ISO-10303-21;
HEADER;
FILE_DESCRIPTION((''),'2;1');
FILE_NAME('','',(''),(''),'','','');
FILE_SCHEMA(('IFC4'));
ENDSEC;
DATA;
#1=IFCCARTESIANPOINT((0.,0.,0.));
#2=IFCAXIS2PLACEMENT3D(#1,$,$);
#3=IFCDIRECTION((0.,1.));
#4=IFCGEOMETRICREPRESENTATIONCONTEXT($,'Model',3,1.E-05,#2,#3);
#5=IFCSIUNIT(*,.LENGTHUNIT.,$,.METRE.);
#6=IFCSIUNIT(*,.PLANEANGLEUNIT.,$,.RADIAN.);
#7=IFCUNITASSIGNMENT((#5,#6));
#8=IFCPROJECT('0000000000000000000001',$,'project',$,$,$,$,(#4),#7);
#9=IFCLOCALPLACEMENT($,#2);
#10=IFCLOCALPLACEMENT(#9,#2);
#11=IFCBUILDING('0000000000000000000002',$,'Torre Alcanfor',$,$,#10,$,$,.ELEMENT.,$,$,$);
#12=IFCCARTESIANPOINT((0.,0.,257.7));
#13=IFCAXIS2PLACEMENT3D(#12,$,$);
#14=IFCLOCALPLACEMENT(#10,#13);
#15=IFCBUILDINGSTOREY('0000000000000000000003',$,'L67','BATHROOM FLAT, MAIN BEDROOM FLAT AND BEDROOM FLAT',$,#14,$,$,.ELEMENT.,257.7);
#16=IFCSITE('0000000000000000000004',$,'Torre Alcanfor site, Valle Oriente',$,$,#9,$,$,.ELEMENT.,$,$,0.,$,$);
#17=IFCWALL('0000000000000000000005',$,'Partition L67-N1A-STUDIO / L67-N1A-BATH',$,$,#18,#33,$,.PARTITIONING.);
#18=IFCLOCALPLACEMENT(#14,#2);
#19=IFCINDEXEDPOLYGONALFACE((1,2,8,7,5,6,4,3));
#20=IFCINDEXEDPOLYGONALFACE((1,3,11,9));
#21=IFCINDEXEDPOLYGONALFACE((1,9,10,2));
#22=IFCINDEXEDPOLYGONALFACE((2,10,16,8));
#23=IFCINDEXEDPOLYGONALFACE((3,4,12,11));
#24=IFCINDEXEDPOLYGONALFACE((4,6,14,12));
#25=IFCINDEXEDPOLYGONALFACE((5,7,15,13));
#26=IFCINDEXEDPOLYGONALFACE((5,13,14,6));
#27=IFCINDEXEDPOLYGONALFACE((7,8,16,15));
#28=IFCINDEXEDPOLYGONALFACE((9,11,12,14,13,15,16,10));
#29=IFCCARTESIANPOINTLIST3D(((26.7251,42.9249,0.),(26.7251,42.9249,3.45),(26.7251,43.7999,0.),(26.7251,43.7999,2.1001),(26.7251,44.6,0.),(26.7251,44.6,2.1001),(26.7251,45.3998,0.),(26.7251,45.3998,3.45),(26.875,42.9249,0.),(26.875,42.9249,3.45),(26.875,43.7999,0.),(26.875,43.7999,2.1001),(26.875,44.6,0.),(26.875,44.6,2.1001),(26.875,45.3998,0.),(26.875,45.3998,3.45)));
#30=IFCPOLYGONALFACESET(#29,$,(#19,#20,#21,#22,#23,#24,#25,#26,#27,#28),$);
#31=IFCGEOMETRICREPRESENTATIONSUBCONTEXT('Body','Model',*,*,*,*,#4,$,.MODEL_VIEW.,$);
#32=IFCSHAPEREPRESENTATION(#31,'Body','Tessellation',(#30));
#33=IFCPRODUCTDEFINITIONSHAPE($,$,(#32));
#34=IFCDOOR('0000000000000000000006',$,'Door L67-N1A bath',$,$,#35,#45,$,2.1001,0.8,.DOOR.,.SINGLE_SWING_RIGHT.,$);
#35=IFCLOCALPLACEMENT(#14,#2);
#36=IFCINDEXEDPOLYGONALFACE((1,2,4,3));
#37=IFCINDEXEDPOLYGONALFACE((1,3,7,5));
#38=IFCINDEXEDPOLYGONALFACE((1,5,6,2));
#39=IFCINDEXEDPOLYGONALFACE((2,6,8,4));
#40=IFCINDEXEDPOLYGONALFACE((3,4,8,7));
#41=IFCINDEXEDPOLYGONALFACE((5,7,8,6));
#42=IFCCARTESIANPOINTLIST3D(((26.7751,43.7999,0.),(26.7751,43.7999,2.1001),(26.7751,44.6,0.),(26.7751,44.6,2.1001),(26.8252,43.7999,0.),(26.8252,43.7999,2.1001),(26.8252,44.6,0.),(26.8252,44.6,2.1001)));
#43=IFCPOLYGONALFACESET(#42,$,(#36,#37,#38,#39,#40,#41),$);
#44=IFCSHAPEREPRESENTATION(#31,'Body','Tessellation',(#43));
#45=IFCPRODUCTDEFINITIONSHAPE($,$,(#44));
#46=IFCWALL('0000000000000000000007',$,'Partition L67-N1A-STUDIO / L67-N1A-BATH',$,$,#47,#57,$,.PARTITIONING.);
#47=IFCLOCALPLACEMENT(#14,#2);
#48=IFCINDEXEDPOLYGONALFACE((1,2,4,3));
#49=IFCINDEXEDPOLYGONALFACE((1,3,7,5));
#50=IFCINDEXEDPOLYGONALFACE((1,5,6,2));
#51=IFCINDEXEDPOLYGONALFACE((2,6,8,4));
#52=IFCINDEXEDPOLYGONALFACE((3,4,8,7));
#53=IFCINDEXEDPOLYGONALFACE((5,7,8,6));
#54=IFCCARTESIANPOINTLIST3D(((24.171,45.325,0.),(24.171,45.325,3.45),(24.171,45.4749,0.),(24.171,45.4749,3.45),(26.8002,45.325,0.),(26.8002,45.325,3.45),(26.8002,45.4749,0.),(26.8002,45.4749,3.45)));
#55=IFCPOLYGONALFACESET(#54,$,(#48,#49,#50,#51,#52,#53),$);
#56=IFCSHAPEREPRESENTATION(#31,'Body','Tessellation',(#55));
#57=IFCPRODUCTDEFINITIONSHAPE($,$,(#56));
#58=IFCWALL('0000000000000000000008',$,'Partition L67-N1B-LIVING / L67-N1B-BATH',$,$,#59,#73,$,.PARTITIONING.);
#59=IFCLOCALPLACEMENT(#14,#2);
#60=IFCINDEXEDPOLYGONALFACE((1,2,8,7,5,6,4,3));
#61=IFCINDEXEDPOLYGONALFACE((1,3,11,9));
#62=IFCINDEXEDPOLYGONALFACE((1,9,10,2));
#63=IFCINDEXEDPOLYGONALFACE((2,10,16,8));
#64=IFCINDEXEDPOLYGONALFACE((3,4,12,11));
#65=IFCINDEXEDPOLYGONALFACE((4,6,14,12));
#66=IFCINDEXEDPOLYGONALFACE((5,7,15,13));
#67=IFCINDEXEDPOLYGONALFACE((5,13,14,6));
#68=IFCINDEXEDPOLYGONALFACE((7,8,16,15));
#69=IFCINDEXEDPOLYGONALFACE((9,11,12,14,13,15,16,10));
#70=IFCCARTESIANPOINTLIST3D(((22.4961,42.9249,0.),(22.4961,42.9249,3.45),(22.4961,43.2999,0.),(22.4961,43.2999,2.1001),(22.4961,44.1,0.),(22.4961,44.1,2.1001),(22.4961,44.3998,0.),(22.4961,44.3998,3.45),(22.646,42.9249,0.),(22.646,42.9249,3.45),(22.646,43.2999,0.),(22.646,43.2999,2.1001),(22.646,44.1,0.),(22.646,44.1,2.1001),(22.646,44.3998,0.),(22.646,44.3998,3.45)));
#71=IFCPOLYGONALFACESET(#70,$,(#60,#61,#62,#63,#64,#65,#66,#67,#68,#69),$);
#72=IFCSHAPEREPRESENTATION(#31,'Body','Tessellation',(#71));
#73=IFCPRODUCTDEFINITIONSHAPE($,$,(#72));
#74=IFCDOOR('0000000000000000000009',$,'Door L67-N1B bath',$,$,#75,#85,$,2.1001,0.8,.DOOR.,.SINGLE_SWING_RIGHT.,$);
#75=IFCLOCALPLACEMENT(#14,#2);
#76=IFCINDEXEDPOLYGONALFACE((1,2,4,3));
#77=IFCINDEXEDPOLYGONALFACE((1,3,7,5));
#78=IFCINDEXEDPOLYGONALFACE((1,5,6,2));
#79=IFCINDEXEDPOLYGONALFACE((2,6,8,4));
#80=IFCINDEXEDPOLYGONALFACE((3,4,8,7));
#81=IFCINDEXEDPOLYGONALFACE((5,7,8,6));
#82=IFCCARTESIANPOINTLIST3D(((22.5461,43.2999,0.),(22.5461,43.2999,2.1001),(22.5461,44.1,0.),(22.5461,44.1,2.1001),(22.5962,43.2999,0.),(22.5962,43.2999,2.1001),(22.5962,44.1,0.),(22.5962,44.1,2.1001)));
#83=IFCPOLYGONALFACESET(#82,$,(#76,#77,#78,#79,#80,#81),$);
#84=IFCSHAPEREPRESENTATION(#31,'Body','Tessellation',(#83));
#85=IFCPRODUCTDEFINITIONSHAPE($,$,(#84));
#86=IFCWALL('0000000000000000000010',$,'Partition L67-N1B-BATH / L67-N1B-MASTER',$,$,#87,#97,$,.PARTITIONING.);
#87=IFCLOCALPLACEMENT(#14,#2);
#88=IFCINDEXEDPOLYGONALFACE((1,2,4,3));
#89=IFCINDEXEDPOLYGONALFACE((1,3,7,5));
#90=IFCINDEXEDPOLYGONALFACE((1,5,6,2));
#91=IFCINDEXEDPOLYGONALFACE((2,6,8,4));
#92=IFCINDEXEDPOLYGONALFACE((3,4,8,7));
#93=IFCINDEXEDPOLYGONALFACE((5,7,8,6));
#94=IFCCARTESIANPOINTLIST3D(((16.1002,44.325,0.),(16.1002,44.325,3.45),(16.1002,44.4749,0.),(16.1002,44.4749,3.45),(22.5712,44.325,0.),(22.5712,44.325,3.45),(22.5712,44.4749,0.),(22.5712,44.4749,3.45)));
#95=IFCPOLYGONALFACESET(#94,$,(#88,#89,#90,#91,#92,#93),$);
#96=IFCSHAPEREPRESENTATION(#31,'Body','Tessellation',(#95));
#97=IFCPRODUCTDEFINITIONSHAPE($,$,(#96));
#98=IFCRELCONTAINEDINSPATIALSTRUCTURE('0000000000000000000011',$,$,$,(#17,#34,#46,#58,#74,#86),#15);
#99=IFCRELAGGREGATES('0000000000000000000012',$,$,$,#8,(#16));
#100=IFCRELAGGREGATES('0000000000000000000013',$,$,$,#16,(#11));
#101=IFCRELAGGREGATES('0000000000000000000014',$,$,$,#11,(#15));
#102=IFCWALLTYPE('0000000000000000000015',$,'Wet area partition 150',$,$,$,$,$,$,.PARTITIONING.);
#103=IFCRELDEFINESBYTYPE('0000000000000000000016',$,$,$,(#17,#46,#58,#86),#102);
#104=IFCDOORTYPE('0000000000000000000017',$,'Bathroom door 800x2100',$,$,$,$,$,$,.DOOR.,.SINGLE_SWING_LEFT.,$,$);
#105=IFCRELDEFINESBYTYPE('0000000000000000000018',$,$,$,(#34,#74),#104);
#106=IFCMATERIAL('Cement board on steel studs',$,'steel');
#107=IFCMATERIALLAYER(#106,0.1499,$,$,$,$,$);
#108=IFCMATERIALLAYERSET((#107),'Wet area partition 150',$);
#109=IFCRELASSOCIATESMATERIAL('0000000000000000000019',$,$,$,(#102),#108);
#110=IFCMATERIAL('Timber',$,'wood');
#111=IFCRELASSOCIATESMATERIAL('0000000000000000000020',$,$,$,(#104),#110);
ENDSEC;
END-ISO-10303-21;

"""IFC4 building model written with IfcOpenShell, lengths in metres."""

from ifc_helpers import new_model, si_unit, direction, frame, frame_2d, origin, place, context, subcontext, project, spatial, rectangle, extrude, material, layer, layer_set, type_object, element, fill, save


model = new_model("IFC4")

# Units and contexts
model_context = context("Model", 3, precision=1e-05, world=origin(), true_north=direction((0.0, 1.0)))
body_context = subcontext(model_context, "Body", "Model", "MODEL_VIEW")
ifc_project = project(units=[si_unit("LENGTHUNIT", "METRE"), si_unit("PLANEANGLEUNIT", "RADIAN")], contexts=[model_context])

# Site, building, storey
site_placement = place(None, origin())
site = spatial("IfcSite", under=ifc_project, at=site_placement, Name="Torre Alcanfor site, Valle Oriente", CompositionType="ELEMENT", RefElevation=0.0)
building_placement = place(site_placement, origin())
building = spatial("IfcBuilding", under=site, at=building_placement, Name="Torre Alcanfor", CompositionType="ELEMENT")
storey_placement = place(building_placement, frame((0.0, 0.0, 257.7)))
storey = spatial("IfcBuildingStorey", under=building, at=storey_placement, Name="L67", Description="BATHROOM FLAT, MAIN BEDROOM FLAT AND BEDROOM FLAT", CompositionType="ELEMENT", Elevation=257.7)

# Wall, opening, door
ifc_material_1 = material(Name="Cement board on steel studs", Category="steel")
ifc_layer_1 = layer(ifc_material_1, 0.1499)
ifc_layer_set_1 = layer_set([ifc_layer_1], Name="Wet area partition 150")
wall_type_1 = type_object("IfcWallType", Name="Wet area partition 150", PredefinedType="PARTITIONING", material=ifc_layer_set_1)
wall_1_placement = place(storey_placement, frame((26.8, 42.925, 0.0), z_axis=(0.0, 0.0, 1.0), x_axis=(0.0, 1.0, 0.0)))
wall_1 = element("IfcWall", 1, at=wall_1_placement, inside=storey, type_object=wall_type_1, Name="Partition L67-N1A-STUDIO / L67-N1A-BATH", PredefinedType="PARTITIONING", context=body_context, shape_type="SweptSolid", body=[
    extrude(rectangle(XDim=2.4749, YDim=0.1499, at=frame_2d((1.2373, 0.0))), origin(), (0.0, 0.0, 1.0), 3.45),
])
opening_1_placement = place(wall_1_placement, frame((0.875, 0.0, 0.0)))
opening_1 = element("IfcOpeningElement", 2, at=opening_1_placement, cuts=wall_1, PredefinedType="OPENING", context=body_context, shape_type="SweptSolid", body=[
    extrude(rectangle(XDim=0.8, YDim=2.1001, at=frame_2d((0.3999, 1.05))), frame((0.0, 0.085, 0.0), z_axis=(0.0, -1.0, 0.0), x_axis=(1.0, 0.0, 0.0)), (0.0, 0.0, 1.0), 0.1699),
])
ifc_material_2 = material(Name="Timber", Category="wood")
door_type_1 = type_object("IfcDoorType", Name="Bathroom door 800x2100", OperationType="SINGLE_SWING_LEFT", PredefinedType="DOOR", material=ifc_material_2)
door_1_placement = place(opening_1_placement, origin())
door_1 = element("IfcDoor", 3, at=door_1_placement, inside=storey, type_object=door_type_1, Name="Door L67-N1A bath", OperationType="SINGLE_SWING_RIGHT", OverallHeight=2.1001, OverallWidth=0.8, PredefinedType="DOOR", context=body_context, shape_type="SweptSolid", body=[
    extrude(rectangle(XDim=0.8, YDim=2.1001, at=frame_2d((0.3999, 1.05))), frame((0.0, 0.0249, 0.0), z_axis=(0.0, -1.0, 0.0), x_axis=(1.0, 0.0, 0.0)), (0.0, 0.0, 1.0), 0.05),
])
fill(opening_1, door_1)

# Wall
wall_2_placement = place(storey_placement, frame((26.8, 45.3999, 0.0), z_axis=(0.0, 0.0, 1.0), x_axis=(-1.0, 0.0, 0.0)))
element("IfcWall", 4, at=wall_2_placement, inside=storey, type_object=wall_type_1, Name="Partition L67-N1A-STUDIO / L67-N1A-BATH", PredefinedType="PARTITIONING", context=body_context, shape_type="SweptSolid", body=[
    extrude(rectangle(XDim=2.6292, YDim=0.1499, at=frame_2d((1.3145, 0.0))), origin(), (0.0, 0.0, 1.0), 3.45),
])

# Wall, opening, door
wall_3_placement = place(storey_placement, frame((22.571, 42.925, 0.0), z_axis=(0.0, 0.0, 1.0), x_axis=(0.0, 1.0, 0.0)))
wall_3 = element("IfcWall", 5, at=wall_3_placement, inside=storey, type_object=wall_type_1, Name="Partition L67-N1B-LIVING / L67-N1B-BATH", PredefinedType="PARTITIONING", context=body_context, shape_type="SweptSolid", body=[
    extrude(rectangle(XDim=1.4749, YDim=0.1499, at=frame_2d((0.7373, 0.0))), origin(), (0.0, 0.0, 1.0), 3.45),
])
opening_2_placement = place(wall_3_placement, frame((0.375, 0.0, 0.0)))
opening_2 = element("IfcOpeningElement", 6, at=opening_2_placement, cuts=wall_3, PredefinedType="OPENING", context=body_context, shape_type="SweptSolid", body=[
    extrude(rectangle(XDim=0.8, YDim=2.1001, at=frame_2d((0.3999, 1.05))), frame((0.0, 0.085, 0.0), z_axis=(0.0, -1.0, 0.0), x_axis=(1.0, 0.0, 0.0)), (0.0, 0.0, 1.0), 0.1699),
])
door_2_placement = place(opening_2_placement, origin())
door_2 = element("IfcDoor", 7, at=door_2_placement, inside=storey, type_object=door_type_1, Name="Door L67-N1B bath", OperationType="SINGLE_SWING_RIGHT", OverallHeight=2.1001, OverallWidth=0.8, PredefinedType="DOOR", context=body_context, shape_type="SweptSolid", body=[
    extrude(rectangle(XDim=0.8, YDim=2.1001, at=frame_2d((0.3999, 1.05))), frame((0.0, 0.0249, 0.0), z_axis=(0.0, -1.0, 0.0), x_axis=(1.0, 0.0, 0.0)), (0.0, 0.0, 1.0), 0.05),
])
fill(opening_2, door_2)

# Wall
wall_4_placement = place(storey_placement, frame((22.571, 44.3999, 0.0), z_axis=(0.0, 0.0, 1.0), x_axis=(-1.0, 0.0, 0.0)))
element("IfcWall", 8, at=wall_4_placement, inside=storey, type_object=wall_type_1, Name="Partition L67-N1B-BATH / L67-N1B-MASTER", PredefinedType="PARTITIONING", context=body_context, shape_type="SweptSolid", body=[
    extrude(rectangle(XDim=6.4709, YDim=0.1499, at=frame_2d((3.2354, 0.0))), origin(), (0.0, 0.0, 1.0), 3.45),
])

save(model, "model.ifc")
